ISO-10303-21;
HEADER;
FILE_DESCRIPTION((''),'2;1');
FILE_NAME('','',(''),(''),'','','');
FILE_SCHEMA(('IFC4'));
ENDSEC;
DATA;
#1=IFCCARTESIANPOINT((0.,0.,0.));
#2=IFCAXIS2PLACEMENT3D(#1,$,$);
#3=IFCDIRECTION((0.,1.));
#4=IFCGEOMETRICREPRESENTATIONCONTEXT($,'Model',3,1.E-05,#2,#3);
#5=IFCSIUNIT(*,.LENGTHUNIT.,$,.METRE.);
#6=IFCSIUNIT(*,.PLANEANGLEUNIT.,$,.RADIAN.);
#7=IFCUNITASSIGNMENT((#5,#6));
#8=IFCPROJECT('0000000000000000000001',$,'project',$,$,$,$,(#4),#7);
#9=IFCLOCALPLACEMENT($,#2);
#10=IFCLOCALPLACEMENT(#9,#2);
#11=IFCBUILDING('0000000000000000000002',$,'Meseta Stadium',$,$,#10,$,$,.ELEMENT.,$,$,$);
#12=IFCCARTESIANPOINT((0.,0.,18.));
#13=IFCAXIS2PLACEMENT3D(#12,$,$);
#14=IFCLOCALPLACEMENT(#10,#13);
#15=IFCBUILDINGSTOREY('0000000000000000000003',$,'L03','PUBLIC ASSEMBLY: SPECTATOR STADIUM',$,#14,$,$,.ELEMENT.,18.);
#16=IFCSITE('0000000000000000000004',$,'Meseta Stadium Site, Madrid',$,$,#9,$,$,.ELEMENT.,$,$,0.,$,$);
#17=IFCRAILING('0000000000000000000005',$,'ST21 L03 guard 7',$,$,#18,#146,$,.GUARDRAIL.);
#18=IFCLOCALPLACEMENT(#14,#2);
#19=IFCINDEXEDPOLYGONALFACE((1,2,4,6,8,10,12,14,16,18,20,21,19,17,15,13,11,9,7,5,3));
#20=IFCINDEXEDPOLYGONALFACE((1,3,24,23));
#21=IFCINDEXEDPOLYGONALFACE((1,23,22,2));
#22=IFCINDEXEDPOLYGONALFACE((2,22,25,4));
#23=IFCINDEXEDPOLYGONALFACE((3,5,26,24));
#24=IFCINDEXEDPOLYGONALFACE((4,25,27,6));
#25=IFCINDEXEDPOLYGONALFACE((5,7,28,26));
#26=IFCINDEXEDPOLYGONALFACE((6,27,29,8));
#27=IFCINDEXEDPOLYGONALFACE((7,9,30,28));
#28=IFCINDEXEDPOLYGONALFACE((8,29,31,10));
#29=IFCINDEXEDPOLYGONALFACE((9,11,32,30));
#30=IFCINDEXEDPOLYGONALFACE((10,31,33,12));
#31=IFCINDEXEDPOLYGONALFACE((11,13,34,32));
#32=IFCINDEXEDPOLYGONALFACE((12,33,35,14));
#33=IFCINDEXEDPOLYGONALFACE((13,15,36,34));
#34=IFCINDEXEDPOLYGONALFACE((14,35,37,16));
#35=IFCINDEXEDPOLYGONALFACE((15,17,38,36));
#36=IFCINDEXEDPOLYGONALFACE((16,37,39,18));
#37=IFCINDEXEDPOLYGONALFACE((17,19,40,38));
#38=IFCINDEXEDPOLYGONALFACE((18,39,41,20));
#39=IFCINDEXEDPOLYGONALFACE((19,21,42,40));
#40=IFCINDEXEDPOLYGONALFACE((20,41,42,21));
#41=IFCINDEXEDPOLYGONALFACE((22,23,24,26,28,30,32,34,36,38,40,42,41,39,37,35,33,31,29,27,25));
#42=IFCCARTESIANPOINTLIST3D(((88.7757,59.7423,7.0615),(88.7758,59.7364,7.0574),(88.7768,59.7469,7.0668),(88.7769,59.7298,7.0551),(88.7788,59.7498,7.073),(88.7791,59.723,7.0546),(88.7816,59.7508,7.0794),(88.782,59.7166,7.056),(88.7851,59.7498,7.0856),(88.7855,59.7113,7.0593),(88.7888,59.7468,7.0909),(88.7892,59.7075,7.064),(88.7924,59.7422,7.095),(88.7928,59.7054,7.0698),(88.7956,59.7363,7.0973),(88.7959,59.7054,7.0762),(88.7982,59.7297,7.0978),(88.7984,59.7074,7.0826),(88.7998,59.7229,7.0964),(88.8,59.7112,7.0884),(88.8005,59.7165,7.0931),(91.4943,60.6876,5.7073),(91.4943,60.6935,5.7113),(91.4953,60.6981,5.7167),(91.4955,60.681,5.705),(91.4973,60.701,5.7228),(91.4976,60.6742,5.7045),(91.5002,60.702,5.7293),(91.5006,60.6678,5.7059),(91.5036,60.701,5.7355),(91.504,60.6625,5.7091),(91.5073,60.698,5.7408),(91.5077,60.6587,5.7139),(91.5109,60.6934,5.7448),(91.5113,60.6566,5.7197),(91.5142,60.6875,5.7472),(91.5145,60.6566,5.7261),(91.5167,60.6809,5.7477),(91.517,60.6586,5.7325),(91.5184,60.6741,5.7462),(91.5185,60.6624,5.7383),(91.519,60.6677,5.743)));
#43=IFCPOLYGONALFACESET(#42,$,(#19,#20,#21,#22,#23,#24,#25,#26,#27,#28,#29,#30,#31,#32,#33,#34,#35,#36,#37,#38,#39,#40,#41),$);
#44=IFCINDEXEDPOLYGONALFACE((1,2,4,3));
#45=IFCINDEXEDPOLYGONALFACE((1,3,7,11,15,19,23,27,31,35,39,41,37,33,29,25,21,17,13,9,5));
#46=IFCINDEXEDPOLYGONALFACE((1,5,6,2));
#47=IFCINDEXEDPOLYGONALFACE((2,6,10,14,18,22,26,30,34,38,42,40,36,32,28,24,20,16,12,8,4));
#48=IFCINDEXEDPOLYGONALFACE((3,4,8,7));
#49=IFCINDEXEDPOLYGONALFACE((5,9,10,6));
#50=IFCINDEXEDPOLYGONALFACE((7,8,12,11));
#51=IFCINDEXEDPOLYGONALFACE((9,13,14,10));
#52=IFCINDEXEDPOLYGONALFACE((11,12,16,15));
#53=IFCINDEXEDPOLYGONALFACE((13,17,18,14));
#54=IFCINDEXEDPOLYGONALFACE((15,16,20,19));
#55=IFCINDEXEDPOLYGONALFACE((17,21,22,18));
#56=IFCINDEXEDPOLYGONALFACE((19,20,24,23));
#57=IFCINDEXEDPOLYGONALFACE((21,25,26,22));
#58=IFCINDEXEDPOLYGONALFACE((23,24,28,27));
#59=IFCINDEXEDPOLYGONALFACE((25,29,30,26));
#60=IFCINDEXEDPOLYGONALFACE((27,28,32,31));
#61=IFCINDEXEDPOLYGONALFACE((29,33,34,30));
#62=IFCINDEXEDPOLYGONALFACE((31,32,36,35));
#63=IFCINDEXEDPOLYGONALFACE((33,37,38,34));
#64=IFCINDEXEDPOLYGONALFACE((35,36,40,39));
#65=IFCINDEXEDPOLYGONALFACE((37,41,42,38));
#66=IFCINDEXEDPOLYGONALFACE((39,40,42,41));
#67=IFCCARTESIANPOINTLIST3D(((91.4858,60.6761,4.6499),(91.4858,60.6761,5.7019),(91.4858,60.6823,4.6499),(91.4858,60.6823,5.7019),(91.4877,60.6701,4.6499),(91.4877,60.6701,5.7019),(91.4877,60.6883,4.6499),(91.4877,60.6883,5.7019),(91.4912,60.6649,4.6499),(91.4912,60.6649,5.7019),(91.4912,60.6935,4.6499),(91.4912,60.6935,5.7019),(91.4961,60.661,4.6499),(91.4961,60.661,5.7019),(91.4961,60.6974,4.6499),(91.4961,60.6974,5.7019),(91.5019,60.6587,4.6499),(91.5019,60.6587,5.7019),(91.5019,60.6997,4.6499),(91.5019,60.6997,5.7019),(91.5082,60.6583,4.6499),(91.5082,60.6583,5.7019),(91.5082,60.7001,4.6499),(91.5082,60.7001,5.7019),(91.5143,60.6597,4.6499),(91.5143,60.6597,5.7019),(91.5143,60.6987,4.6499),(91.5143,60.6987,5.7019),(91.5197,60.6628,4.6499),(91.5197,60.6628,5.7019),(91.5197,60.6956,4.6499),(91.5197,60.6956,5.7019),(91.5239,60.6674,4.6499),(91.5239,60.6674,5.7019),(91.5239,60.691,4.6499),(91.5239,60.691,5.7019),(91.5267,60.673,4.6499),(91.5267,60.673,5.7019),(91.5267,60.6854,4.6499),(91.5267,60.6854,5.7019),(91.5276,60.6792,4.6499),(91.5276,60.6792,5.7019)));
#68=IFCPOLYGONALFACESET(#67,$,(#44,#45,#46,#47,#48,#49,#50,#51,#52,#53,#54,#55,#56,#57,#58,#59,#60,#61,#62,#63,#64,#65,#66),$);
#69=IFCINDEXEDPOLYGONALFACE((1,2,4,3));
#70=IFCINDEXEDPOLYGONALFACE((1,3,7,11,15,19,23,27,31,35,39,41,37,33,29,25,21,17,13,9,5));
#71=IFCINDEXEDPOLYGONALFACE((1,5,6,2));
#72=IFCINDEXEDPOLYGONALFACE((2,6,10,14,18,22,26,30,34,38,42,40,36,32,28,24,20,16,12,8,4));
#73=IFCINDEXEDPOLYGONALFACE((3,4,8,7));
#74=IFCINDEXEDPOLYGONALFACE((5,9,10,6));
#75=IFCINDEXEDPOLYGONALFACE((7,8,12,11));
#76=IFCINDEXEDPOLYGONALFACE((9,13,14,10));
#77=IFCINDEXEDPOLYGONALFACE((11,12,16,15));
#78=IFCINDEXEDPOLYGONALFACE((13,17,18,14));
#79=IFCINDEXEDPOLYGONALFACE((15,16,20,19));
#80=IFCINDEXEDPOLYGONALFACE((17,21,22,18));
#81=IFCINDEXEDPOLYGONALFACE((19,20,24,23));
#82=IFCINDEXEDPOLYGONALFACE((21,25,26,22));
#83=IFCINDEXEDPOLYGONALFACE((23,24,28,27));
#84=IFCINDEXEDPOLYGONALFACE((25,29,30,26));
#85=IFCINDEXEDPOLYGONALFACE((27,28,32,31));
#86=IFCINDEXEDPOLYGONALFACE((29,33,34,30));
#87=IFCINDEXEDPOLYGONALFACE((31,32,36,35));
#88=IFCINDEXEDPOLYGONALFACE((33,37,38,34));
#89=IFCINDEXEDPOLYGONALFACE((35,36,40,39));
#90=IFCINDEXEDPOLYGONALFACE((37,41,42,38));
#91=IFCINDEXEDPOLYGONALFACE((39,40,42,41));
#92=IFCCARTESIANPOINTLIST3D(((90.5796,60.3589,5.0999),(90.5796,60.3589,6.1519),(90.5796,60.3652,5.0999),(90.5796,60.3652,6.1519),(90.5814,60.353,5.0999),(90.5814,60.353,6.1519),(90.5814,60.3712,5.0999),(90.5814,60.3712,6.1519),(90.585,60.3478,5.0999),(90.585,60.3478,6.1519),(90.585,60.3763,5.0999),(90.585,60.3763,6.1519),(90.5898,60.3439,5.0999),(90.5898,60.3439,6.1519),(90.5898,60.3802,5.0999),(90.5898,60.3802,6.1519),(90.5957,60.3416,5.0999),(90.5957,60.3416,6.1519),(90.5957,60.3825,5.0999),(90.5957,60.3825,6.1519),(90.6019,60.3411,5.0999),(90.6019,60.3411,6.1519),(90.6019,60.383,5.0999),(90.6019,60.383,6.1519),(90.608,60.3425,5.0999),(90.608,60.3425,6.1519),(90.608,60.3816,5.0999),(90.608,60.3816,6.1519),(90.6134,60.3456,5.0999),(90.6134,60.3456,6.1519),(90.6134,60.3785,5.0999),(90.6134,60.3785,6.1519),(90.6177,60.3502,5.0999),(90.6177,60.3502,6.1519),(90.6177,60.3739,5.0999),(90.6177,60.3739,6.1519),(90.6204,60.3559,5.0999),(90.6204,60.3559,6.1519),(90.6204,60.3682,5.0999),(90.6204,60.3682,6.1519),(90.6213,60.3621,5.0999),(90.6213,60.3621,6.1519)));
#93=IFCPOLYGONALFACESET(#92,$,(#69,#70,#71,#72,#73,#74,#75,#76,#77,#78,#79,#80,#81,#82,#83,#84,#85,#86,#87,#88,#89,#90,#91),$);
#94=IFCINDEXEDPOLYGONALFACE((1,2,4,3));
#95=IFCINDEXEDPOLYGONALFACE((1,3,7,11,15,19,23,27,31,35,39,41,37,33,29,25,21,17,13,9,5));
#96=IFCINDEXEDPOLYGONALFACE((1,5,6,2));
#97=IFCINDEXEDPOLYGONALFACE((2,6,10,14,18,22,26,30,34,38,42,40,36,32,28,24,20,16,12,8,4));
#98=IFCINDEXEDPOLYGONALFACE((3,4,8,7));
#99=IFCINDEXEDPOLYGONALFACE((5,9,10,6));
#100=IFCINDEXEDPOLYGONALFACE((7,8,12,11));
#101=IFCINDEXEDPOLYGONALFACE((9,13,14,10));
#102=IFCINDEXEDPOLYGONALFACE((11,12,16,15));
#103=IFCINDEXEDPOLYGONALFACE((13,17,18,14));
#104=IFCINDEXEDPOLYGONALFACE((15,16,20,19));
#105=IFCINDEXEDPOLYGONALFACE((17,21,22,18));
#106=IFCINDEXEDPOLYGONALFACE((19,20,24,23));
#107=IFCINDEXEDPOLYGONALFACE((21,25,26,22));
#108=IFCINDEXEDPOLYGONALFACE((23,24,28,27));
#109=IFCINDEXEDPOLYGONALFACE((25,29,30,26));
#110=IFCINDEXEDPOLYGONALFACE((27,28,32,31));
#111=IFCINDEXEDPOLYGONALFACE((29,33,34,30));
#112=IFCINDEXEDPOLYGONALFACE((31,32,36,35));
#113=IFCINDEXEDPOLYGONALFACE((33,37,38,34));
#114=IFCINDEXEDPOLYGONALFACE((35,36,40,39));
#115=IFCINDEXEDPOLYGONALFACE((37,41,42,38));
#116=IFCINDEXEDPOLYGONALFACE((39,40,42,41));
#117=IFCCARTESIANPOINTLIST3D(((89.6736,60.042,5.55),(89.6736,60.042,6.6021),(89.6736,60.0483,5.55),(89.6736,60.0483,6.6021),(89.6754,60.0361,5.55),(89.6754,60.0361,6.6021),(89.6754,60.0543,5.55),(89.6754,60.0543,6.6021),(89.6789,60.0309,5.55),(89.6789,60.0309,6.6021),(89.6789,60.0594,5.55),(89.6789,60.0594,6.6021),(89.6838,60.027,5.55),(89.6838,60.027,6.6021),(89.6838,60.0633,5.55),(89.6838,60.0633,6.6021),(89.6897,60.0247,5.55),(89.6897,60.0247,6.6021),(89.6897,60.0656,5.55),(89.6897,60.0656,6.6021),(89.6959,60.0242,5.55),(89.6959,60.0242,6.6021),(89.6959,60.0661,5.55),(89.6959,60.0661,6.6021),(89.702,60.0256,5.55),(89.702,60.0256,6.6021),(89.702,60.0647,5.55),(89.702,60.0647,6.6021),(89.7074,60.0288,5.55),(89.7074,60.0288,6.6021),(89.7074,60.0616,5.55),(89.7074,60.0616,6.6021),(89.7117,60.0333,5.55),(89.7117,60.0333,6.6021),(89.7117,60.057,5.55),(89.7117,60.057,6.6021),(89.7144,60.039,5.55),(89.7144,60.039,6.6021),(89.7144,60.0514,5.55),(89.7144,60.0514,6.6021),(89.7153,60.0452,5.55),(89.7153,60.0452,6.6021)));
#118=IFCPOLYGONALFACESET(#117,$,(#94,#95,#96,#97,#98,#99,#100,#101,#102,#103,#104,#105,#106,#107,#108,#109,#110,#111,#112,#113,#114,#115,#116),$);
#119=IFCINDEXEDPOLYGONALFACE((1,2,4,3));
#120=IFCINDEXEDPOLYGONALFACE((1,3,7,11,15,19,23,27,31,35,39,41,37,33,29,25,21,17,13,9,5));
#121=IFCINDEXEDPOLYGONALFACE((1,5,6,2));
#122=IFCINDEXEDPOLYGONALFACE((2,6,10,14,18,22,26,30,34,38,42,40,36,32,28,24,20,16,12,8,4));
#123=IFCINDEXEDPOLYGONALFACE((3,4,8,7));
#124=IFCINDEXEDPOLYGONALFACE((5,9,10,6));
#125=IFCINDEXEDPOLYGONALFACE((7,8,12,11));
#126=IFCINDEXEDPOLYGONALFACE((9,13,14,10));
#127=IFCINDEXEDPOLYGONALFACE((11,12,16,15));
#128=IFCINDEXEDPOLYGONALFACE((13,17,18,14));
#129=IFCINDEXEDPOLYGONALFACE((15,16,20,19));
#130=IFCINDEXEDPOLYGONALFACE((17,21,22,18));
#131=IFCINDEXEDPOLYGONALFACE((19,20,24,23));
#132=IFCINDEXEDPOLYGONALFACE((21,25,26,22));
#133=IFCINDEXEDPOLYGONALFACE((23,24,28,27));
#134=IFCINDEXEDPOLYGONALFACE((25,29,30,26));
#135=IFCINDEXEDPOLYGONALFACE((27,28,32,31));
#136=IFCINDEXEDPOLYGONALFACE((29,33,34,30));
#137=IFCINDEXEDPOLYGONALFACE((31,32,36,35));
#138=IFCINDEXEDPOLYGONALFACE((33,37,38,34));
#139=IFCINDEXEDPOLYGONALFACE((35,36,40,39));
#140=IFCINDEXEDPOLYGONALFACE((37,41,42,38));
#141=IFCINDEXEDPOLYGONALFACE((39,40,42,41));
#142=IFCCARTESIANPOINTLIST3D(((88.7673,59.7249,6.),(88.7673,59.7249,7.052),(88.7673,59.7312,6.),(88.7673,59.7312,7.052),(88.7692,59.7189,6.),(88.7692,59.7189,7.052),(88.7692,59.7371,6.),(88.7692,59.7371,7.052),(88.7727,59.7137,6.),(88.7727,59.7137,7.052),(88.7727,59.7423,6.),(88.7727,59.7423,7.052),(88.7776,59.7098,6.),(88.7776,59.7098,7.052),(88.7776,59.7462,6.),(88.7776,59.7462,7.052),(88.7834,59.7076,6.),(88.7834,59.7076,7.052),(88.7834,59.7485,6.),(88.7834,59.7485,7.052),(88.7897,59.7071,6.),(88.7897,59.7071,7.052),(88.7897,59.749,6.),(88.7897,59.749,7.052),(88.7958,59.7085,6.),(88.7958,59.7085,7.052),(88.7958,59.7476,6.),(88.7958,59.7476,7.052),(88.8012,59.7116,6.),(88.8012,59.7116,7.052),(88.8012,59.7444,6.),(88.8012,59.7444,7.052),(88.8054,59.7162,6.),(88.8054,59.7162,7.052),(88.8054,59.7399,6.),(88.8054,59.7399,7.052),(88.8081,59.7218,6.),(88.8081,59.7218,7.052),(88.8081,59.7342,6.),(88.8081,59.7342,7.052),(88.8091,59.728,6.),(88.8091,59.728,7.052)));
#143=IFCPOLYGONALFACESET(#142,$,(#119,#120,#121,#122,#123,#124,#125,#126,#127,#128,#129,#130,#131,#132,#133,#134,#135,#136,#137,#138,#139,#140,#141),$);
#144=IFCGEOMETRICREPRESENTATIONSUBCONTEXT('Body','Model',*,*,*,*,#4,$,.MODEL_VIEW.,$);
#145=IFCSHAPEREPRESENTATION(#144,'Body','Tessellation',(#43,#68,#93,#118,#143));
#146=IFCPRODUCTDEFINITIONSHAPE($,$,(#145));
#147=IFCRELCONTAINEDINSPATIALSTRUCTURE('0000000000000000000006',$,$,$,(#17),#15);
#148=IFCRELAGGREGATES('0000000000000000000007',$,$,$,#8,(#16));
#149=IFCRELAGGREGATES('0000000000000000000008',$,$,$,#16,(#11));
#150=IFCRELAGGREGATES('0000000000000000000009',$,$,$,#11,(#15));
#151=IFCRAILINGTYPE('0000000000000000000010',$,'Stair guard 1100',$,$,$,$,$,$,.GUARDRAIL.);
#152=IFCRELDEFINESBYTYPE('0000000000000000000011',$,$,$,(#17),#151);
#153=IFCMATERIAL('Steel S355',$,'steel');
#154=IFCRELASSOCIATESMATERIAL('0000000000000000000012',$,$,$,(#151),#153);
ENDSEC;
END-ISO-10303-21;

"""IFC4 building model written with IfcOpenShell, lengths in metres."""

from ifc_helpers import new_model, si_unit, direction, frame, origin, origin_2d, place, context, subcontext, project, spatial, circle, extrude, material, type_object, element, save


model = new_model("IFC4")

# Units and contexts
model_context = context("Model", 3, precision=1e-05, world=origin(), true_north=direction((0.0, 1.0)))
body_context = subcontext(model_context, "Body", "Model", "MODEL_VIEW")
ifc_project = project(units=[si_unit("LENGTHUNIT", "METRE"), si_unit("PLANEANGLEUNIT", "RADIAN")], contexts=[model_context])

# Site, building, storey
site_placement = place(None, origin())
site = spatial("IfcSite", under=ifc_project, at=site_placement, Name="Meseta Stadium Site, Madrid", CompositionType="ELEMENT", RefElevation=0.0)
building_placement = place(site_placement, origin())
building = spatial("IfcBuilding", under=site, at=building_placement, Name="Meseta Stadium", CompositionType="ELEMENT")
storey_placement = place(building_placement, frame((0.0, 0.0, 18.0)))
storey = spatial("IfcBuildingStorey", under=building, at=storey_placement, Name="L03", Description="PUBLIC ASSEMBLY: SPECTATOR STADIUM", CompositionType="ELEMENT", Elevation=18.0)

# Railing
ifc_material_1 = material(Name="Steel S355", Category="steel")
railing_type_1 = type_object("IfcRailingType", Name="Stair guard 1100", PredefinedType="GUARDRAIL", material=ifc_material_1)
railing_1_placement = place(storey_placement, frame((91.5066, 60.6792, 4.6499)))
element("IfcRailing", 1, at=railing_1_placement, inside=storey, type_object=railing_type_1, Name="ST21 L03 guard 7", PredefinedType="GUARDRAIL", context=body_context, shape_type="SweptSolid", body=[
    extrude(circle(Radius=0.0239, at=origin_2d()), frame((0.0, 0.0, 1.0762), z_axis=(-0.854649, -0.299031, 0.424446), x_axis=(0.330256, -0.943891, 0.0)), (0.0, 0.0, 1.0), 3.1809),
    extrude(circle(Radius=0.021, at=origin_2d()), origin(), (0.0, 0.0, 1.0), 1.052),
    extrude(circle(Radius=0.021, at=origin_2d()), frame((-0.9062, -0.3171, 0.45)), (0.0, 0.0, 1.0), 1.052),
    extrude(circle(Radius=0.021, at=origin_2d()), frame((-1.8123, -0.634, 0.9001)), (0.0, 0.0, 1.0), 1.052),
    extrude(circle(Radius=0.021, at=origin_2d()), frame((-2.7185, -0.9512, 1.3501)), (0.0, 0.0, 1.0), 1.052),
])

save(model, "model.ifc")
